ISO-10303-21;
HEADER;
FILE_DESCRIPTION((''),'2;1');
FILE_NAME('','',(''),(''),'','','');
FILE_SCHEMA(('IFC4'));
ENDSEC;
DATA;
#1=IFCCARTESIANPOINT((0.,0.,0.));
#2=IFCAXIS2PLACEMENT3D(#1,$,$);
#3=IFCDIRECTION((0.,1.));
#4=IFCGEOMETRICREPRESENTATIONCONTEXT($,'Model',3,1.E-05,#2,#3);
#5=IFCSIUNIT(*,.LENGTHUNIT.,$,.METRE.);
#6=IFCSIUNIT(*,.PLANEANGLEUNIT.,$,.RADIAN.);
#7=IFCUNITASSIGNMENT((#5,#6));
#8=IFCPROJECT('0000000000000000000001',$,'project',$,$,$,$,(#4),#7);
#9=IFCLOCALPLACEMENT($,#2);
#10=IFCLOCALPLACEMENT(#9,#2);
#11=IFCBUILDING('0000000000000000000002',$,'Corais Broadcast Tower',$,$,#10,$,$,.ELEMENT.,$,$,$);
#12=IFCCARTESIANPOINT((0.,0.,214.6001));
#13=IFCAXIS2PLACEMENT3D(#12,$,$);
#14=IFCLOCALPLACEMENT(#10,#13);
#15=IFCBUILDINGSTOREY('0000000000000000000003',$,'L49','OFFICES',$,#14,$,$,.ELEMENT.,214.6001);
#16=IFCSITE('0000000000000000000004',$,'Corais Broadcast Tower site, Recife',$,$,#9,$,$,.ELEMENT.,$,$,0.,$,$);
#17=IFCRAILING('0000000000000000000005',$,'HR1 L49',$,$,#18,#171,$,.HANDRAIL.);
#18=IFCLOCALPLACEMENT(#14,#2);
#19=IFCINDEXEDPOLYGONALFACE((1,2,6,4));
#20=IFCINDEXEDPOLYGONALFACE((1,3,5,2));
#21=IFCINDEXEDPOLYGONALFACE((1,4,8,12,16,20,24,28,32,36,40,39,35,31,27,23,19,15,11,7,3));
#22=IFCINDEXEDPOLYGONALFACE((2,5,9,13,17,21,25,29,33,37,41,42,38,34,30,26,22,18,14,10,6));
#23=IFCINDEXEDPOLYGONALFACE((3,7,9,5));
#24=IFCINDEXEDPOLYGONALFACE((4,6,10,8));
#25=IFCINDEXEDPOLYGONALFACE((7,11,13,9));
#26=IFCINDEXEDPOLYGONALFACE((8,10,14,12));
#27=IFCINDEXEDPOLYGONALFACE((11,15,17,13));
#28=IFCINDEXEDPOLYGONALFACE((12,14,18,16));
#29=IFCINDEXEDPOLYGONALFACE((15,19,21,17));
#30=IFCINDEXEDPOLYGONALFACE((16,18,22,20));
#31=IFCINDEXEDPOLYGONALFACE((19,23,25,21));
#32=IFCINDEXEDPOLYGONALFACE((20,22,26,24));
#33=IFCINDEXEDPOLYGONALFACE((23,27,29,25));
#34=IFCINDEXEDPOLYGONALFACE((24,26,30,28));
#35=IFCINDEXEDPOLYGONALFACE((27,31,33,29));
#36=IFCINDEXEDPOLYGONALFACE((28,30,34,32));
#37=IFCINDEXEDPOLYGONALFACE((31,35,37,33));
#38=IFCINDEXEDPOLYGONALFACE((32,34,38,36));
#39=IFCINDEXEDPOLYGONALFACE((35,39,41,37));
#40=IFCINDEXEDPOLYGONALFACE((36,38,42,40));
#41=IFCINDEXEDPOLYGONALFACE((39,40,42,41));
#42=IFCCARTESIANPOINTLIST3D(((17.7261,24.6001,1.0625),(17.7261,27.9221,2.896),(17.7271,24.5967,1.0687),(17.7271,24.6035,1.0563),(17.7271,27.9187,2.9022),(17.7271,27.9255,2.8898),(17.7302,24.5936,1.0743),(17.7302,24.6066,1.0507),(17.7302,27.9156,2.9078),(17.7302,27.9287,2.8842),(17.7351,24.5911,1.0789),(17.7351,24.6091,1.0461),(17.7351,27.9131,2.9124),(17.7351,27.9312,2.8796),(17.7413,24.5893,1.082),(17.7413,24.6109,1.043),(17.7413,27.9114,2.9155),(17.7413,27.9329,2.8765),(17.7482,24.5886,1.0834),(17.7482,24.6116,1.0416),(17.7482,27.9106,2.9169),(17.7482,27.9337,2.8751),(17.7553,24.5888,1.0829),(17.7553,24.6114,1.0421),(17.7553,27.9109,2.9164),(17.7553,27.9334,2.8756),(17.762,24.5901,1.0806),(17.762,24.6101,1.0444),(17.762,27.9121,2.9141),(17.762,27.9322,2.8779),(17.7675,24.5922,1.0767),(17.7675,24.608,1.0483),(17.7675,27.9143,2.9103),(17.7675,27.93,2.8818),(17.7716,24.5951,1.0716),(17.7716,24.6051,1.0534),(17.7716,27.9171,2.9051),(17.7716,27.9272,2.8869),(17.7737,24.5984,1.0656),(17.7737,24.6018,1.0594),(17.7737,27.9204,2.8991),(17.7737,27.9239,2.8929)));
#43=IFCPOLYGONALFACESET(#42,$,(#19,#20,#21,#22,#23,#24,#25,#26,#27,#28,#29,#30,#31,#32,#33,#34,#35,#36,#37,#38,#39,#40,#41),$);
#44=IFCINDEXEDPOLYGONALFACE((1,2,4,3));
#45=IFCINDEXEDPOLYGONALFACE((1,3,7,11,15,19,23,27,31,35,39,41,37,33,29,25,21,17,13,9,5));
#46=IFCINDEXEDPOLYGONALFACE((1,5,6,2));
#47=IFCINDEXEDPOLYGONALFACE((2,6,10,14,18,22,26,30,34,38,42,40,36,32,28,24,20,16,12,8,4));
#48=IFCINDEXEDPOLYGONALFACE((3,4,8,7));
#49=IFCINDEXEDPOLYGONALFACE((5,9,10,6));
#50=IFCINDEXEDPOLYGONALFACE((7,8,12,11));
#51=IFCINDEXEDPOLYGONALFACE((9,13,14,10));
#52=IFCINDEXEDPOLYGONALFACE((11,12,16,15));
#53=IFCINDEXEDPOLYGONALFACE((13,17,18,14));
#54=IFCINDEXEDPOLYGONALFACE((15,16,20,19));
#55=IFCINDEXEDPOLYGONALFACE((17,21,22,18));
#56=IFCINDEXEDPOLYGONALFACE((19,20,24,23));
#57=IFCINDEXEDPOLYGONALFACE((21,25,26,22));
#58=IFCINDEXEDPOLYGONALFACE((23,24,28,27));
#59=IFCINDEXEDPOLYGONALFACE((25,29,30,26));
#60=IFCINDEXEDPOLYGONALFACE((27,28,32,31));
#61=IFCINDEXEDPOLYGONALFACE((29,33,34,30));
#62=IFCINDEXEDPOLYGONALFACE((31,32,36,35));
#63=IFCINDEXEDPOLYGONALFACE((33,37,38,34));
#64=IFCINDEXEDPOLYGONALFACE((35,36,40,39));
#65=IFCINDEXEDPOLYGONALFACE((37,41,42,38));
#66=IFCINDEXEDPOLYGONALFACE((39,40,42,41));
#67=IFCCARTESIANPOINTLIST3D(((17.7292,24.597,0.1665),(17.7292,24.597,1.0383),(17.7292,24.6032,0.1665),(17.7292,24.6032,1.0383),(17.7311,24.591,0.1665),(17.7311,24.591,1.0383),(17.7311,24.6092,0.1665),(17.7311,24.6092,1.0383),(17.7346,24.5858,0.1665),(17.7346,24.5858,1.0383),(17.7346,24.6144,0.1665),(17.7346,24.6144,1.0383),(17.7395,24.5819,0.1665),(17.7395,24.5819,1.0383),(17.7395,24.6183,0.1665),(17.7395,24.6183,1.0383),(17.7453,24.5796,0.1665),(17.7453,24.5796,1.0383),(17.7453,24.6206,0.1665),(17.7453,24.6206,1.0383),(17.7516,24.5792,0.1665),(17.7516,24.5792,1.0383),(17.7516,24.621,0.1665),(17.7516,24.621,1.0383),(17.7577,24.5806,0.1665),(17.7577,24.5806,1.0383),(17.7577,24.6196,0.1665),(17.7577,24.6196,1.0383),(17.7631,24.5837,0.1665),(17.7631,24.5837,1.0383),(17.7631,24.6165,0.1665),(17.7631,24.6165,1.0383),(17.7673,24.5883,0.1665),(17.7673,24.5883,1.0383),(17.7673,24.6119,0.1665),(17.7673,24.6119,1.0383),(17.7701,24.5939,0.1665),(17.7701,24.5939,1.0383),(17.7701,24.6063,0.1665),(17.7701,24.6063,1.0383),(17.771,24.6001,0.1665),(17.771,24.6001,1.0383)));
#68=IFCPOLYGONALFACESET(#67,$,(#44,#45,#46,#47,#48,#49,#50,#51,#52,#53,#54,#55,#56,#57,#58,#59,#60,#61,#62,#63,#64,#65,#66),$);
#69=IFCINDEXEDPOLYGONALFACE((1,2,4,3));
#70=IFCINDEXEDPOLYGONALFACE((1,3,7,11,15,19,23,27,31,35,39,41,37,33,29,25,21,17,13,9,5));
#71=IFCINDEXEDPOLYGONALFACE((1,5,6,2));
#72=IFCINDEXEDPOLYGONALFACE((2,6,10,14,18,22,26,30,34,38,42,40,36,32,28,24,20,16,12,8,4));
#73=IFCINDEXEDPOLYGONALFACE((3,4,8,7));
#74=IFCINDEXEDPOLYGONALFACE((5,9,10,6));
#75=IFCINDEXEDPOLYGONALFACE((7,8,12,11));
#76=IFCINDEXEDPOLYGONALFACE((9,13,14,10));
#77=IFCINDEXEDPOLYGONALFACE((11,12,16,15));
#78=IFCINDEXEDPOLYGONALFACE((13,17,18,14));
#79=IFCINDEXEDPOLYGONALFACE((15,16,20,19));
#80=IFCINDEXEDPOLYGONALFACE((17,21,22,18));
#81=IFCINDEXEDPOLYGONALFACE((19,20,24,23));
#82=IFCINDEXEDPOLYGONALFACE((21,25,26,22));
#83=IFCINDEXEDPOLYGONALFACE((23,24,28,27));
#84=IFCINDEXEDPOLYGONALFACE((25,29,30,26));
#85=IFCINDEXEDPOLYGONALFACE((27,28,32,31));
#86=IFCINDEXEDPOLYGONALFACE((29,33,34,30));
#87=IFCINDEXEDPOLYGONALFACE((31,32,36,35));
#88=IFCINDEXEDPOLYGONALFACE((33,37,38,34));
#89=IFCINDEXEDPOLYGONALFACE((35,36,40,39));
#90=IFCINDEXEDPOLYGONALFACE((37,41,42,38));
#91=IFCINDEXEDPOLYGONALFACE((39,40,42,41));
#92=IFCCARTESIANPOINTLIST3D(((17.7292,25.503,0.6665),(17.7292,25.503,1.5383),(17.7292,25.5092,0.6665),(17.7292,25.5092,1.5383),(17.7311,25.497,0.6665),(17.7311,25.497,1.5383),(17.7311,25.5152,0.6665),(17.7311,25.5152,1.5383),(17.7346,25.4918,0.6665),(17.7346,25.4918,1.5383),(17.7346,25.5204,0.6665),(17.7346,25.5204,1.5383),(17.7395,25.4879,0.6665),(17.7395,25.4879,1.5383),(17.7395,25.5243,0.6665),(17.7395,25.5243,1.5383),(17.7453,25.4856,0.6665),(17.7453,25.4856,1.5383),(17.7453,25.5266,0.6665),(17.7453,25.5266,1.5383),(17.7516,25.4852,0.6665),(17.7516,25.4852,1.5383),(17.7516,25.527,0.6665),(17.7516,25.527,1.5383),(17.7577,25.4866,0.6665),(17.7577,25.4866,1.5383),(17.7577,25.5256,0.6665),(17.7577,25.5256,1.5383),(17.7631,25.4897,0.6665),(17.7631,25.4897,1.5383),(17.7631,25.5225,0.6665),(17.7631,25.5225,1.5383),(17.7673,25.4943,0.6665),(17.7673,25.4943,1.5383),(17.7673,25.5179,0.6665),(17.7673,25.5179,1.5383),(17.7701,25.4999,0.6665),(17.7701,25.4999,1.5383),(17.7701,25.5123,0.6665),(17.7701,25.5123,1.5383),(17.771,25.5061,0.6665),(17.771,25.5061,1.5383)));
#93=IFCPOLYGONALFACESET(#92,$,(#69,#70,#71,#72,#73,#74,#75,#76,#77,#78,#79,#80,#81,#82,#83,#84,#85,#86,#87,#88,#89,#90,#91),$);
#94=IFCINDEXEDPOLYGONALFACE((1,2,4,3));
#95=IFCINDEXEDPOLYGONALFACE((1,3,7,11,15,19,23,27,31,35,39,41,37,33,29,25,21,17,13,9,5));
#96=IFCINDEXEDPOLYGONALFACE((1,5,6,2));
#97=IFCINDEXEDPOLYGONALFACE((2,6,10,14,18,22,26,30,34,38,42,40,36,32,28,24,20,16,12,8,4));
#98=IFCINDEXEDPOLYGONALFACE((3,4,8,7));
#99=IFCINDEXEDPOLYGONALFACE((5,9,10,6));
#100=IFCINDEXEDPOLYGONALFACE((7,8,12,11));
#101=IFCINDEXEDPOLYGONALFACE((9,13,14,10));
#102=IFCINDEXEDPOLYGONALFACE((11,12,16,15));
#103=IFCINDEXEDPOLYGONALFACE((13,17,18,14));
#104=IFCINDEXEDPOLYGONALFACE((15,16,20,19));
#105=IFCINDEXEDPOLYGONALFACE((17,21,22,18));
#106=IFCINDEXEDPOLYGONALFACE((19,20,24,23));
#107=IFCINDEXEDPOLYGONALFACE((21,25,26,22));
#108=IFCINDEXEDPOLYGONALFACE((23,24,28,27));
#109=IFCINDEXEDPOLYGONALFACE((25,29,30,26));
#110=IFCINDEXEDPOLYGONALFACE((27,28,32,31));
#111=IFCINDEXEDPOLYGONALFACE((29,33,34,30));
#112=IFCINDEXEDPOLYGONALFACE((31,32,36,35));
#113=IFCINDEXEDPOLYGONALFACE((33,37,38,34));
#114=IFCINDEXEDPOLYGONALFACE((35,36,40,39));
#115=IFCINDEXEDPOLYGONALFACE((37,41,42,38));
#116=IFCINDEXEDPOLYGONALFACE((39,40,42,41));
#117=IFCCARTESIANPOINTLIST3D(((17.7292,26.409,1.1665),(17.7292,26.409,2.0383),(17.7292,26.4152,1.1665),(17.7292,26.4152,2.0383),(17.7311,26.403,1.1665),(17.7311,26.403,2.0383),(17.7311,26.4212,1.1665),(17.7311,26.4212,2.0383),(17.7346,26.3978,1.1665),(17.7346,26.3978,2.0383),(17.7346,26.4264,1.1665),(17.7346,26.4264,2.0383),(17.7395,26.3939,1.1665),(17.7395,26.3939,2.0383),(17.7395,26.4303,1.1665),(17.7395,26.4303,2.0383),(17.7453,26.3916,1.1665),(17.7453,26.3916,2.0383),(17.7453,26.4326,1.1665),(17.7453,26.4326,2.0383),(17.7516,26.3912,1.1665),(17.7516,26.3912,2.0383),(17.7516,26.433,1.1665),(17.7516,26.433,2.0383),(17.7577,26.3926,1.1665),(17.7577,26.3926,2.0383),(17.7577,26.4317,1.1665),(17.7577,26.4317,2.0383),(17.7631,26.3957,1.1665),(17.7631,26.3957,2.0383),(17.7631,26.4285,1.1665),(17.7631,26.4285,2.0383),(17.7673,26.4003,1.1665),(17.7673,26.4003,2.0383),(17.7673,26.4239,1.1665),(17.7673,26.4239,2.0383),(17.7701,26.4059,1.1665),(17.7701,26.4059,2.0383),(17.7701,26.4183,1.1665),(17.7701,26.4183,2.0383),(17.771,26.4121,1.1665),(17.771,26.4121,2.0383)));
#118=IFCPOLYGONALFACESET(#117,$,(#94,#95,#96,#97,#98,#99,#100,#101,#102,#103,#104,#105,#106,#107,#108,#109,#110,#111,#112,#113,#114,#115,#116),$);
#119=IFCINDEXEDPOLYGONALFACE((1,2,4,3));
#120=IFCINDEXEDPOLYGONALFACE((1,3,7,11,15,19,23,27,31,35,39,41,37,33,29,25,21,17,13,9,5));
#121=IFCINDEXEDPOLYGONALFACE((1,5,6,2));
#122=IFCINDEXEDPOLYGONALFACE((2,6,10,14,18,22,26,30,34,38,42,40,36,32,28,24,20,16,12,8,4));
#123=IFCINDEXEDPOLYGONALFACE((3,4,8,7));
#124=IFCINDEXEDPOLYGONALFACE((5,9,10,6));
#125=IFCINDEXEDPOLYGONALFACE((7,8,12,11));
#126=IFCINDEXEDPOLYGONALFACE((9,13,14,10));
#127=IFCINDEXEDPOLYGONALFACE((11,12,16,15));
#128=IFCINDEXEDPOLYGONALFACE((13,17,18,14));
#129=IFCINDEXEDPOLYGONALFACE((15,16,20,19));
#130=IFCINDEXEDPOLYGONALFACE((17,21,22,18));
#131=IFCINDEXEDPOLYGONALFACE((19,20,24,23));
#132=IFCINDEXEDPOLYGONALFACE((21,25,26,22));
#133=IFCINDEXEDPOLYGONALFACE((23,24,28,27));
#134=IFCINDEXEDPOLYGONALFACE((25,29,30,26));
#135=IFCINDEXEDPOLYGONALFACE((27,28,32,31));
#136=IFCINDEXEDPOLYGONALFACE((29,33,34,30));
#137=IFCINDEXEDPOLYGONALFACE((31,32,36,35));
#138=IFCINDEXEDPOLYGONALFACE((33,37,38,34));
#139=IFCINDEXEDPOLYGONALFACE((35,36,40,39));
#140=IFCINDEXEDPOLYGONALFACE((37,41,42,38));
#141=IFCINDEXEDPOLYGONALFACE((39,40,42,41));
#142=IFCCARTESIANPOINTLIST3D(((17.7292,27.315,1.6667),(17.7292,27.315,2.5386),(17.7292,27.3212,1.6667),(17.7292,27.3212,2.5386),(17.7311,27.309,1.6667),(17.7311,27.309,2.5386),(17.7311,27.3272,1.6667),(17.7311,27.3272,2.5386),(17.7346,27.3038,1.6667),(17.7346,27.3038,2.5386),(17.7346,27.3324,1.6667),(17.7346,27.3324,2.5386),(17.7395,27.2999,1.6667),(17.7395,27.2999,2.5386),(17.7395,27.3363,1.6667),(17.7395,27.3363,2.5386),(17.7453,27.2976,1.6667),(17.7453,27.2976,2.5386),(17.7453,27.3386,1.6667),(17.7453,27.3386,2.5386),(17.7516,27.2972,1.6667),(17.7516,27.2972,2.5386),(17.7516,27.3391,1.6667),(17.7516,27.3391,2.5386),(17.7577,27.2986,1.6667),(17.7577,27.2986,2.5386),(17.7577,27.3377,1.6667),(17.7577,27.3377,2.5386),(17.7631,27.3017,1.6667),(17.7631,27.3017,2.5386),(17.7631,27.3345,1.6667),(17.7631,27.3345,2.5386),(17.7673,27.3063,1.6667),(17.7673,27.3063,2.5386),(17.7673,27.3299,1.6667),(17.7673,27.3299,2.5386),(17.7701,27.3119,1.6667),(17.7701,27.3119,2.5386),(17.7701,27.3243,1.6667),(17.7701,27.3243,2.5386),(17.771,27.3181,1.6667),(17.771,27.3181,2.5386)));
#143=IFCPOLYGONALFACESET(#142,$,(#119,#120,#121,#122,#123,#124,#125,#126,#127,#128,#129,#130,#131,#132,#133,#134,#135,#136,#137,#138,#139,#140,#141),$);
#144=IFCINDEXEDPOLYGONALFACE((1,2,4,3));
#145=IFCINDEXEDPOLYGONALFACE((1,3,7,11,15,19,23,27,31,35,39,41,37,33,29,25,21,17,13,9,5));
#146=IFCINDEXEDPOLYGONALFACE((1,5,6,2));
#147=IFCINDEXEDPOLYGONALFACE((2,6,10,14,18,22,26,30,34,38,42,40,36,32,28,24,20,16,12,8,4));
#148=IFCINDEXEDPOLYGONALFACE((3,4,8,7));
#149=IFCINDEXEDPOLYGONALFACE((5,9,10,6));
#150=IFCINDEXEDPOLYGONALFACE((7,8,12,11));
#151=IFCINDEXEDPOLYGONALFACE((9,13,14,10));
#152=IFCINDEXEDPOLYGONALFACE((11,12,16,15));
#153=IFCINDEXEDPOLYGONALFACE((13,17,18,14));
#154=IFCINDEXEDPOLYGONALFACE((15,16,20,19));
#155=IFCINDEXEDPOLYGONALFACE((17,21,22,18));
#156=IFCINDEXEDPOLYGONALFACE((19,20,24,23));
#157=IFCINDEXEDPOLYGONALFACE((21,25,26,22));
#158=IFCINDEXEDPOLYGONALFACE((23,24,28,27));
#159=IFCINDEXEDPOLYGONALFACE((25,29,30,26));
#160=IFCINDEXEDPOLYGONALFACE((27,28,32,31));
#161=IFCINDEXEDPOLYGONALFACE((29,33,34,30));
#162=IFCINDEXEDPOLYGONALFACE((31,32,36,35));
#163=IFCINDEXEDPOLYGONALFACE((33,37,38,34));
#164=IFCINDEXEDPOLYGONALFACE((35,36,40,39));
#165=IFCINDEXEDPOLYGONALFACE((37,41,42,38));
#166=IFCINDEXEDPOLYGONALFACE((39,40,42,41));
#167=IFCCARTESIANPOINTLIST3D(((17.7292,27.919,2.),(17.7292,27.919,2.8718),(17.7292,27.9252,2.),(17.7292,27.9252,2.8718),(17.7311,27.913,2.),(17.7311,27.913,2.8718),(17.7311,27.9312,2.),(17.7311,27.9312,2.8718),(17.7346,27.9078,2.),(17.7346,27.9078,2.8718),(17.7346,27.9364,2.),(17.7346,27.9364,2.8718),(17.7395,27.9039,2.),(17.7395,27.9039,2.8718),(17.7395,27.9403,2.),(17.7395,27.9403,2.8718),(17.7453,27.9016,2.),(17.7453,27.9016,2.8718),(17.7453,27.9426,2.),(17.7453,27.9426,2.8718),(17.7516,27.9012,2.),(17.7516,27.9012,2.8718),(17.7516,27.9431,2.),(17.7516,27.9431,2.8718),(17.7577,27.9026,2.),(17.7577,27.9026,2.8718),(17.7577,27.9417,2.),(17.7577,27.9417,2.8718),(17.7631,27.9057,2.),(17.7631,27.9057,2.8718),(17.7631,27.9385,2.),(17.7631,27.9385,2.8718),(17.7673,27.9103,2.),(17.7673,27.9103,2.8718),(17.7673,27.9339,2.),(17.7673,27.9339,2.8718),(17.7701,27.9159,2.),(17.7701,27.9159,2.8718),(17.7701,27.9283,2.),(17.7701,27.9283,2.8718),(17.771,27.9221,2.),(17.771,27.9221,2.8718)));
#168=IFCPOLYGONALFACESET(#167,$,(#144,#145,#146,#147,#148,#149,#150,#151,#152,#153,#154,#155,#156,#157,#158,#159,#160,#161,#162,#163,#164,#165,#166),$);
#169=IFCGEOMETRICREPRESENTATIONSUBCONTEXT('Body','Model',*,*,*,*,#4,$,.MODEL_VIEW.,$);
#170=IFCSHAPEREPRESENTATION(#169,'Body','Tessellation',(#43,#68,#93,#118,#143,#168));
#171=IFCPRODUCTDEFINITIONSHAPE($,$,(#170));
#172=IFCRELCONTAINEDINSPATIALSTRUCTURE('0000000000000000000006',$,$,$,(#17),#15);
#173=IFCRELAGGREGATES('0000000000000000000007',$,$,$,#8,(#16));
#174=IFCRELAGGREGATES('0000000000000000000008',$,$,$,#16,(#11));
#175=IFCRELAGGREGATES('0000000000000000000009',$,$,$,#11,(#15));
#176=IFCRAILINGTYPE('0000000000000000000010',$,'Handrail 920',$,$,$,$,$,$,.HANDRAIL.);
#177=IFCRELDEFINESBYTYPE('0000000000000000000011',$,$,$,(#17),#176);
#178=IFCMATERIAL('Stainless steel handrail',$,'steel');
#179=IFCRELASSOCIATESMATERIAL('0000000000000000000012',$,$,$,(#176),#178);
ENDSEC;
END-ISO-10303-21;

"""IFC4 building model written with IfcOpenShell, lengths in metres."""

from ifc_helpers import new_model, si_unit, direction, frame, origin, origin_2d, place, context, subcontext, project, spatial, circle, extrude, material, type_object, element, save


model = new_model("IFC4")

# Units and contexts
model_context = context("Model", 3, precision=1e-05, world=origin(), true_north=direction((0.0, 1.0)))
body_context = subcontext(model_context, "Body", "Model", "MODEL_VIEW")
ifc_project = project(units=[si_unit("LENGTHUNIT", "METRE"), si_unit("PLANEANGLEUNIT", "RADIAN")], contexts=[model_context])

# Site, building, storey
site_placement = place(None, origin())
site = spatial("IfcSite", under=ifc_project, at=site_placement, Name="Corais Broadcast Tower site, Recife", CompositionType="ELEMENT", RefElevation=0.0)
building_placement = place(site_placement, origin())
building = spatial("IfcBuilding", under=site, at=building_placement, Name="Corais Broadcast Tower", CompositionType="ELEMENT")
storey_placement = place(building_placement, frame((0.0, 0.0, 214.6001)))
storey = spatial("IfcBuildingStorey", under=building, at=storey_placement, Name="L49", Description="OFFICES", CompositionType="ELEMENT", Elevation=214.6001)

# Railing
ifc_material_1 = material(Name="Stainless steel handrail", Category="steel")
railing_type = type_object("IfcRailingType", Name="Handrail 920", PredefinedType="HANDRAIL", material=ifc_material_1)
for number, where, name in (
    (1, (17.75, 24.6001, 0.1665), "HR1 L49"),
):
    element("IfcRailing", number, at=place(storey_placement, frame(where)), inside=storey, type_object=railing_type, Name=name, PredefinedType="HANDRAIL", context=body_context, shape_type="SweptSolid", body=[
        extrude(circle(Radius=0.0239, at=origin_2d()), frame((0.0, 0.0, 0.896), z_axis=(0.0, 0.875504, 0.48321), x_axis=(-1.0, 0.0, 0.0)), (0.0, 0.0, 1.0), 3.7944),
        extrude(circle(Radius=0.021, at=origin_2d()), origin(), (0.0, 0.0, 1.0), 0.8718),
        extrude(circle(Radius=0.021, at=origin_2d()), frame((0.0, 0.906, 0.5)), (0.0, 0.0, 1.0), 0.8718),
        extrude(circle(Radius=0.021, at=origin_2d()), frame((0.0, 1.812, 1.0)), (0.0, 0.0, 1.0), 0.8718),
        extrude(circle(Radius=0.021, at=origin_2d()), frame((0.0, 2.718, 1.5002)), (0.0, 0.0, 1.0), 0.8718),
        extrude(circle(Radius=0.021, at=origin_2d()), frame((0.0, 3.322, 1.8335)), (0.0, 0.0, 1.0), 0.8718),
    ])

save(model, "model.ifc")
